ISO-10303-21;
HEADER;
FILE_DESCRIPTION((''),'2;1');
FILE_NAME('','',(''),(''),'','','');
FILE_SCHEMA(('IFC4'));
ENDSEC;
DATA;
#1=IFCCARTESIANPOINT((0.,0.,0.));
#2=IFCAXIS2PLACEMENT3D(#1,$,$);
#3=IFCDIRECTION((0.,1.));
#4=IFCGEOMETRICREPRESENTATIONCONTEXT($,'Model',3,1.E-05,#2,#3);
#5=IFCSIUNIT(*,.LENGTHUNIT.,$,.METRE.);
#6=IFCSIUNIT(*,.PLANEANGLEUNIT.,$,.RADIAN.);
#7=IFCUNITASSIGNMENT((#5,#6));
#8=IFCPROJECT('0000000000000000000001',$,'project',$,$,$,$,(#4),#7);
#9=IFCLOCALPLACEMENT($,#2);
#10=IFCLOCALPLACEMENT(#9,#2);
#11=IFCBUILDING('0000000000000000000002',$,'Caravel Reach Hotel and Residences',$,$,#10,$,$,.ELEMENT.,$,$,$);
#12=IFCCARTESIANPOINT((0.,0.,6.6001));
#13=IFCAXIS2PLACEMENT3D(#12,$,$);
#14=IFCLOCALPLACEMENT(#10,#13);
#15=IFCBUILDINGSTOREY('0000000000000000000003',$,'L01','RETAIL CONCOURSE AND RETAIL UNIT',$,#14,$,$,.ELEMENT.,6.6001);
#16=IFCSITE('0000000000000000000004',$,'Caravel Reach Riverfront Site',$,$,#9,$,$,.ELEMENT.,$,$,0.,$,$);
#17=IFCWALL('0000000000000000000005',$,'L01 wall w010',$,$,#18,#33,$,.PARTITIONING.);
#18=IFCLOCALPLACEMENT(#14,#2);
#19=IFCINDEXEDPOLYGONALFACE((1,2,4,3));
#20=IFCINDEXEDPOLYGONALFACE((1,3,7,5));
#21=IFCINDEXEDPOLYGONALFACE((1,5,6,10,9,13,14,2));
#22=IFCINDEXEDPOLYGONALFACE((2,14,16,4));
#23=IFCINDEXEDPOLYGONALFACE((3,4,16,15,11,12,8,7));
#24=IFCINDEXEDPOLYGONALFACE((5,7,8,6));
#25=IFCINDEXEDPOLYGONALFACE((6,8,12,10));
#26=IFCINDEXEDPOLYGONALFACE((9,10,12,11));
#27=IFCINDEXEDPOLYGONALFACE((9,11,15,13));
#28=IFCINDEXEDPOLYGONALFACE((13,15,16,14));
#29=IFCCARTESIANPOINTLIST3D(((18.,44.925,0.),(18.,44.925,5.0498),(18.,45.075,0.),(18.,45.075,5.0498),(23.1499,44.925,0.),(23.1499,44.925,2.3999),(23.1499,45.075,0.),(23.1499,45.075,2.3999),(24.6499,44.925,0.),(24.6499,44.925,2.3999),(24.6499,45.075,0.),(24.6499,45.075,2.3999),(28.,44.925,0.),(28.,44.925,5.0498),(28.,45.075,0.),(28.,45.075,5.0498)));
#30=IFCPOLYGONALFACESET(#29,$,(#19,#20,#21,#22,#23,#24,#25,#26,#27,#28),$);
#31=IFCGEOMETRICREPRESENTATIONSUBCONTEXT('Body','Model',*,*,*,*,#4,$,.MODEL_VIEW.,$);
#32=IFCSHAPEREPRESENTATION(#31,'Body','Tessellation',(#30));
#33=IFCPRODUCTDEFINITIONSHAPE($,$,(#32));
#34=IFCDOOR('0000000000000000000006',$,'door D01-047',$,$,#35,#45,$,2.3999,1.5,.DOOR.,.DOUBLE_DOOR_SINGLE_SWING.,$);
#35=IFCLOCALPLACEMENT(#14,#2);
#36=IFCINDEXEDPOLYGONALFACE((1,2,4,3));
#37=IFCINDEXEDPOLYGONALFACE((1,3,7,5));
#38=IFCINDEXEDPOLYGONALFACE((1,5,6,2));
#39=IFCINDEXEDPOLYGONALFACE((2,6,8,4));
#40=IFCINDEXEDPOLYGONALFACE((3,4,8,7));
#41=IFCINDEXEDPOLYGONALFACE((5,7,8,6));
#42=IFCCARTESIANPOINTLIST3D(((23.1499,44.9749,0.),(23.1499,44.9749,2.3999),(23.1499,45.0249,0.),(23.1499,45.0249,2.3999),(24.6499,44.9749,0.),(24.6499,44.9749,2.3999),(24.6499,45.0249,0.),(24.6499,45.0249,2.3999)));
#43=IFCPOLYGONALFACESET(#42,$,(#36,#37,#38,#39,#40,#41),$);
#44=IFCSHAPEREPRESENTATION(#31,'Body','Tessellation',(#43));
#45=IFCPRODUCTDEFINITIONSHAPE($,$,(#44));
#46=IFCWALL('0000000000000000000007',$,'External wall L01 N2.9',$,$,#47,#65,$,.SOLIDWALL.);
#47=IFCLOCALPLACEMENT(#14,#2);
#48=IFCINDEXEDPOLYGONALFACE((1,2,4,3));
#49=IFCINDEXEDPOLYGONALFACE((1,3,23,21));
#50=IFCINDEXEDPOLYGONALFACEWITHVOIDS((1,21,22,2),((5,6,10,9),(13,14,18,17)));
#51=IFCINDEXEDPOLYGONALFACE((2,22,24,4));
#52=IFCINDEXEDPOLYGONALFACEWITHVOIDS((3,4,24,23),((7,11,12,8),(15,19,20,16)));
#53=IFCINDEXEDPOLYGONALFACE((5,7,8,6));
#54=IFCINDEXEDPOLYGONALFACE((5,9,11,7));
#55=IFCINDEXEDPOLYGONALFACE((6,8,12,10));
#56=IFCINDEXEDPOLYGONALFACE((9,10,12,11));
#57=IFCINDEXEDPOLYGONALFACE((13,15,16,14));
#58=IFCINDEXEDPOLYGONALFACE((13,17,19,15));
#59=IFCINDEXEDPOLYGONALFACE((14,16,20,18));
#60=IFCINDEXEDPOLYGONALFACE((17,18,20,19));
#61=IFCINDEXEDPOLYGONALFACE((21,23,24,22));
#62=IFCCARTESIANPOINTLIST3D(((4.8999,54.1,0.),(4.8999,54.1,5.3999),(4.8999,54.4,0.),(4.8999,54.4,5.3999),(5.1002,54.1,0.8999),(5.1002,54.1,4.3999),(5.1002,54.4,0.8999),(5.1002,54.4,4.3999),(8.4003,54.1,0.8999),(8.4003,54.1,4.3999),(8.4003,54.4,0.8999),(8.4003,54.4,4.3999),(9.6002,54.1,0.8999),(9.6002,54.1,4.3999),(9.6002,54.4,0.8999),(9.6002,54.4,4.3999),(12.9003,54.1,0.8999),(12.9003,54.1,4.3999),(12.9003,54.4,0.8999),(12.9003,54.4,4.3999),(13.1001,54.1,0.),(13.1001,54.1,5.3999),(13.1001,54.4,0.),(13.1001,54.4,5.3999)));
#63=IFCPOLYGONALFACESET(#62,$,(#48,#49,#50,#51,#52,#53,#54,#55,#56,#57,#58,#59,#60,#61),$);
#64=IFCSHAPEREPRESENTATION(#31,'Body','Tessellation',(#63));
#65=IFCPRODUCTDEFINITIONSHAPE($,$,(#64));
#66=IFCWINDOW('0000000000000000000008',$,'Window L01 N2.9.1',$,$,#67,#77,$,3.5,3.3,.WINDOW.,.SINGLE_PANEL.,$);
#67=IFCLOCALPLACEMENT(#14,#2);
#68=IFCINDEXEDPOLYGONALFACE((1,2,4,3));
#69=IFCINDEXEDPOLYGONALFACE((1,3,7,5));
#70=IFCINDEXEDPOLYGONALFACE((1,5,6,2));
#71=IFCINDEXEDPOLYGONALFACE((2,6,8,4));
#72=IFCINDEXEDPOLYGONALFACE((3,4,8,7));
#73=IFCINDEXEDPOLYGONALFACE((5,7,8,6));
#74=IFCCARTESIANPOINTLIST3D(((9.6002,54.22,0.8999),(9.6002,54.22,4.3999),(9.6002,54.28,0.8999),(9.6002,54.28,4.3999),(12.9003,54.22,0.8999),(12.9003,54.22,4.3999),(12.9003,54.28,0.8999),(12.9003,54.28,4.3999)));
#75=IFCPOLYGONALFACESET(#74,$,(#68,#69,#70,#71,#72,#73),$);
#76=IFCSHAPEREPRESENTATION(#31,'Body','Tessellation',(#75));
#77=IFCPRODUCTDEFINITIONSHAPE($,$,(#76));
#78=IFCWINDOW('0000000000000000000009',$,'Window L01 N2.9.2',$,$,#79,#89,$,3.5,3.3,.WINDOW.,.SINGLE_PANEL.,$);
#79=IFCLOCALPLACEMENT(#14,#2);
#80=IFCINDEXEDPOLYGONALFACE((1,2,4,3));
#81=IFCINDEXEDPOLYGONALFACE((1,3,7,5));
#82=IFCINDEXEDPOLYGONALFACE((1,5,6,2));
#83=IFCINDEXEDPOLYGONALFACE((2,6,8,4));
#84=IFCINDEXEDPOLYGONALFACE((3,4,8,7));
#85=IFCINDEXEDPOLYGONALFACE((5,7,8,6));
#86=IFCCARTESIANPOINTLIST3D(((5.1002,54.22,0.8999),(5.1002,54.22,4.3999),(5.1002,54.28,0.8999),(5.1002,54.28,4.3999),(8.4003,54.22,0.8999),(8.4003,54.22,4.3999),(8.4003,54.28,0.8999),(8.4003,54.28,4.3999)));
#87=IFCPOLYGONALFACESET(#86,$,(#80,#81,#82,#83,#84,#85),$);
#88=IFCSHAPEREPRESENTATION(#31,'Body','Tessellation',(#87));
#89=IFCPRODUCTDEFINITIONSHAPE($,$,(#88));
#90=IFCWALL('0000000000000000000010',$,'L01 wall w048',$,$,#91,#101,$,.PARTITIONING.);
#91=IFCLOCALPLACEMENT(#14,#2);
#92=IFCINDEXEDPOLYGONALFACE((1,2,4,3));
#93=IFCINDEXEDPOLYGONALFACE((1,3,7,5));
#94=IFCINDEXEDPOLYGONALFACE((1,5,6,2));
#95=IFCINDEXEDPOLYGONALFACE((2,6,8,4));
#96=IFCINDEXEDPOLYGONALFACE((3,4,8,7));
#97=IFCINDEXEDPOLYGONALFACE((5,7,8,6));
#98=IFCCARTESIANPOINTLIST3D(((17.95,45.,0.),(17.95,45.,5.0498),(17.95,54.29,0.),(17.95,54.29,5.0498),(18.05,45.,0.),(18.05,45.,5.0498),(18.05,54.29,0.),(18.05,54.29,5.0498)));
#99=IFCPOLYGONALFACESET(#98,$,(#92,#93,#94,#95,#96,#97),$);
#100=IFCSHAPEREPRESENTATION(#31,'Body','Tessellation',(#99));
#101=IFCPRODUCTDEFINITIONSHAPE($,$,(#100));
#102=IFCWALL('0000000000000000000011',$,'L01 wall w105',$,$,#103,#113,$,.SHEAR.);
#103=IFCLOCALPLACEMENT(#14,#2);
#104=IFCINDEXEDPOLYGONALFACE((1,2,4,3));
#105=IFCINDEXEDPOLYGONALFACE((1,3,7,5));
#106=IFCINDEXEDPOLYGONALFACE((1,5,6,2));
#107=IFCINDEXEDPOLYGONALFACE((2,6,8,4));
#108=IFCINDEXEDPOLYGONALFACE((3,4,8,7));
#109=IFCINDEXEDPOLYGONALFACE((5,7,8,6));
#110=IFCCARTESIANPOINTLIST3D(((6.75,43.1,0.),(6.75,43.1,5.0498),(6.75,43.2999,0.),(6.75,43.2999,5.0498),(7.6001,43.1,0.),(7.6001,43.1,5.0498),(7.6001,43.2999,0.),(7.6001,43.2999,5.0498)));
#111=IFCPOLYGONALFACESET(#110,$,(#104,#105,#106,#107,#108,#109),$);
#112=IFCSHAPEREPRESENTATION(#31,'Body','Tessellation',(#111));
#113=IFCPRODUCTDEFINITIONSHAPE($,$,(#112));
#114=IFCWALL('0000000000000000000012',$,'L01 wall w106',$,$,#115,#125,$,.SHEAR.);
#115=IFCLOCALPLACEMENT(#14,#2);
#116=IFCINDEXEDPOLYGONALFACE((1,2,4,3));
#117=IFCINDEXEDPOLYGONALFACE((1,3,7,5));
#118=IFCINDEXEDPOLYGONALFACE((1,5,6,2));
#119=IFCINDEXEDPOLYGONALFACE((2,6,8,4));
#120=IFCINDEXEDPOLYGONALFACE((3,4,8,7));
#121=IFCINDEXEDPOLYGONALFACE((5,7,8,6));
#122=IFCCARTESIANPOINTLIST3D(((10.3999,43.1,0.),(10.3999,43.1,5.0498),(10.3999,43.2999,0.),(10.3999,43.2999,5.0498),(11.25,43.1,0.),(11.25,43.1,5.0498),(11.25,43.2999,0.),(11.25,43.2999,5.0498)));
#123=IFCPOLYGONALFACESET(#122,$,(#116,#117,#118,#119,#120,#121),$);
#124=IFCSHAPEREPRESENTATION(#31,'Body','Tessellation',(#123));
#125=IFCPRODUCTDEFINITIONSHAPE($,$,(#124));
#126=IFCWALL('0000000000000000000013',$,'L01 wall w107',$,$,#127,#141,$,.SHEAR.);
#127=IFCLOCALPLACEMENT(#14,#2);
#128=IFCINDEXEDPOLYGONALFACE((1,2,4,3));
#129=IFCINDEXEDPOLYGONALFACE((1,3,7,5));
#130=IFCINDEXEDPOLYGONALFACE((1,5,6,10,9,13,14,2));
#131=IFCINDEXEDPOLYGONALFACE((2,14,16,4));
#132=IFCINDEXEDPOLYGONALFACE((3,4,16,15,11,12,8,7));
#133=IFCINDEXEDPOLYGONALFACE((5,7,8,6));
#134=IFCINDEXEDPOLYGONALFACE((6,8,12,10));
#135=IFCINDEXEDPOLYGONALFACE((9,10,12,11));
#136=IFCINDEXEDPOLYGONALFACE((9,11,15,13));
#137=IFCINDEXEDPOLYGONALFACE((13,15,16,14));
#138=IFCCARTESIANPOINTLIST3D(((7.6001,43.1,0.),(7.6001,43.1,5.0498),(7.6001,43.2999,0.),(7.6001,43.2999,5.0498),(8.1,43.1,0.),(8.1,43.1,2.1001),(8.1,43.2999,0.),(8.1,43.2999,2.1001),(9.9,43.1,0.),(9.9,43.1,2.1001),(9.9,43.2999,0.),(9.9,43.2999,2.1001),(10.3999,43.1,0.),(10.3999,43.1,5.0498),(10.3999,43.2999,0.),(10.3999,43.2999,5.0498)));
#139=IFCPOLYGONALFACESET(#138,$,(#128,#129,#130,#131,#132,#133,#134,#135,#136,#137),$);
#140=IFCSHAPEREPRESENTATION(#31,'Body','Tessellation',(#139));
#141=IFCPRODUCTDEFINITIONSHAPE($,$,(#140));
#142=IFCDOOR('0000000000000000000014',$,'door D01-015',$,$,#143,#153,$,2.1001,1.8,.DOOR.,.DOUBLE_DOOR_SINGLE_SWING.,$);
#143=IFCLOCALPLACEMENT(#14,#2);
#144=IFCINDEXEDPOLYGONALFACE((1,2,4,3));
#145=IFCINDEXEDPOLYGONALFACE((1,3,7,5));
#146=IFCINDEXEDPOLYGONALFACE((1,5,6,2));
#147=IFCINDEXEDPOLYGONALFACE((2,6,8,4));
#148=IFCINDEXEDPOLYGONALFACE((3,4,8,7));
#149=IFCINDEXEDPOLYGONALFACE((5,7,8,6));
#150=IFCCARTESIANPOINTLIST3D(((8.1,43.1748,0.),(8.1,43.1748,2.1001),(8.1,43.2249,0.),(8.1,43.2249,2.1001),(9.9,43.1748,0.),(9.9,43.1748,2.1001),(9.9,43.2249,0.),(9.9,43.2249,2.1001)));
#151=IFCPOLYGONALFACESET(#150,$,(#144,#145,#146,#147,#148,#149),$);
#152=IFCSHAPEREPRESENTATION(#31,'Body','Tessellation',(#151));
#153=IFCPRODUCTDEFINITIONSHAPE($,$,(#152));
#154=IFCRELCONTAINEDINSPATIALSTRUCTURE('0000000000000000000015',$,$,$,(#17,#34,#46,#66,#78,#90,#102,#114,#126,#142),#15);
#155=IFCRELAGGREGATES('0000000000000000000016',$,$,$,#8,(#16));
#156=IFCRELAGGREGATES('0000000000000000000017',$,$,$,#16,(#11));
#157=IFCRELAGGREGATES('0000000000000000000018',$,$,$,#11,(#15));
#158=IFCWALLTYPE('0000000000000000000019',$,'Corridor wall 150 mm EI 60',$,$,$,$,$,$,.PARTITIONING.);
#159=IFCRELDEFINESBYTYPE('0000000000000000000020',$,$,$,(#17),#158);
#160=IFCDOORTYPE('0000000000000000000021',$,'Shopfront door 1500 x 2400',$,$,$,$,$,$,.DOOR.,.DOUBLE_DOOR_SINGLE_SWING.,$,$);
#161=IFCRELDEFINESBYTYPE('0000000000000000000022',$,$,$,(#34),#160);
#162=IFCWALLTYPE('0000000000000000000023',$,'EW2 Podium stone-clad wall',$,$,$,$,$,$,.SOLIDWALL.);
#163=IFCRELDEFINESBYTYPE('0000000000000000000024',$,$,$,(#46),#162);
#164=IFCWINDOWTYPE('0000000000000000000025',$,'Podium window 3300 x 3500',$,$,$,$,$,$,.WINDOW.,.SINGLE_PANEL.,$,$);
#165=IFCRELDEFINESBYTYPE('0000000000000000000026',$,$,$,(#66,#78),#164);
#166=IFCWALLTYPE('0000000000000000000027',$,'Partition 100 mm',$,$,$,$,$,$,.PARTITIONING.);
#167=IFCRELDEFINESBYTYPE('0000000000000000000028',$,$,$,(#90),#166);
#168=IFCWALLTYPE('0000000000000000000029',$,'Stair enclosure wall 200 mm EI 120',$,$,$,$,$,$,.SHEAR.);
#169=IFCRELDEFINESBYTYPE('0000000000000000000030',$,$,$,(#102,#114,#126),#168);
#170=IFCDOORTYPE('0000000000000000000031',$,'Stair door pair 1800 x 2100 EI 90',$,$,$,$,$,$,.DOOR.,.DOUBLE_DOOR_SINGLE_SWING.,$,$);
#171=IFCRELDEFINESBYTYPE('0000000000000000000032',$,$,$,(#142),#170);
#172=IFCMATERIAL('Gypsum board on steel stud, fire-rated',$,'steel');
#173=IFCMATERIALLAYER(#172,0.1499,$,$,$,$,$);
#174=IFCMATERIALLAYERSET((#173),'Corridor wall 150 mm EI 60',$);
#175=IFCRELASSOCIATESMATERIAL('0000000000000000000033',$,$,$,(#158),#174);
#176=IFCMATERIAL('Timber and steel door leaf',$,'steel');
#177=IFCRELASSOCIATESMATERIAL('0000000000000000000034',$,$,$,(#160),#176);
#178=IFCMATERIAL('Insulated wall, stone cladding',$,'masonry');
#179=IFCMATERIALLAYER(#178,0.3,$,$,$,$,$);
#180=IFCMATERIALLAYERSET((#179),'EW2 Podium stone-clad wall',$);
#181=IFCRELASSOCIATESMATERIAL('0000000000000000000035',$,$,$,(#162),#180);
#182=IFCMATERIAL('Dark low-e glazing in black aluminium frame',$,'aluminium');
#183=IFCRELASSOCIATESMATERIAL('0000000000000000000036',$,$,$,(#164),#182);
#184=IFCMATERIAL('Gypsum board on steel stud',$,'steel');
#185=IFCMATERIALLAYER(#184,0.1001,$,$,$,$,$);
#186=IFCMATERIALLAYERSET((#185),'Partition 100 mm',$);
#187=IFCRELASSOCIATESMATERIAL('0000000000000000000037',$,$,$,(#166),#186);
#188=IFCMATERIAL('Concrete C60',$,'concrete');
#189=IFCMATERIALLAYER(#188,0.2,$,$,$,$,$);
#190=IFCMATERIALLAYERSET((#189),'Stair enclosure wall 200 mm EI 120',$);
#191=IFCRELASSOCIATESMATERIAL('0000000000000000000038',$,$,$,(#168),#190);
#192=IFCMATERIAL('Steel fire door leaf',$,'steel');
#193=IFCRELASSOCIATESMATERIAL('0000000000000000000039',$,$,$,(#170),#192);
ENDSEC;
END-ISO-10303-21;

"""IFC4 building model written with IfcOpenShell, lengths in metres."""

from ifc_helpers import new_model, si_unit, direction, frame, frame_2d, origin, place, context, subcontext, project, spatial, rectangle, extrude, material, layer, layer_set, type_object, element, fill, save


model = new_model("IFC4")

# Units and contexts
model_context = context("Model", 3, precision=1e-05, world=origin(), true_north=direction((0.0, 1.0)))
body_context = subcontext(model_context, "Body", "Model", "MODEL_VIEW")
ifc_project = project(units=[si_unit("LENGTHUNIT", "METRE"), si_unit("PLANEANGLEUNIT", "RADIAN")], contexts=[model_context])

# Site, building, storey
site_placement = place(None, origin())
site = spatial("IfcSite", under=ifc_project, at=site_placement, Name="Caravel Reach Riverfront Site", CompositionType="ELEMENT", RefElevation=0.0)
building_placement = place(site_placement, origin())
building = spatial("IfcBuilding", under=site, at=building_placement, Name="Caravel Reach Hotel and Residences", CompositionType="ELEMENT")
storey_placement = place(building_placement, frame((0.0, 0.0, 6.6001)))
storey = spatial("IfcBuildingStorey", under=building, at=storey_placement, Name="L01", Description="RETAIL CONCOURSE AND RETAIL UNIT", CompositionType="ELEMENT", Elevation=6.6001)

# Wall, opening, door
ifc_material_1 = material(Name="Gypsum board on steel stud, fire-rated", Category="steel")
ifc_layer_1 = layer(ifc_material_1, 0.1499)
ifc_layer_set_1 = layer_set([ifc_layer_1], Name="Corridor wall 150 mm EI 60")
wall_type_1 = type_object("IfcWallType", Name="Corridor wall 150 mm EI 60", PredefinedType="PARTITIONING", material=ifc_layer_set_1)
ifc_material_2 = material(Name="Timber and steel door leaf", Category="steel")
door_type_1 = type_object("IfcDoorType", Name="Shopfront door 1500 x 2400", OperationType="DOUBLE_DOOR_SINGLE_SWING", PredefinedType="DOOR", material=ifc_material_2)
wall_1_placement = place(storey_placement, frame((18.0, 45.0, 0.0), z_axis=(0.0, 0.0, 1.0), x_axis=(1.0, 0.0, 0.0)))
wall_1 = element("IfcWall", 1, at=wall_1_placement, inside=storey, type_object=wall_type_1, Name="L01 wall w010", PredefinedType="PARTITIONING", context=body_context, shape_type="SweptSolid", body=[
    extrude(rectangle(XDim=10.0, YDim=0.1499, at=frame_2d((5.0, 0.0))), origin(), (0.0, 0.0, 1.0), 5.0498),
])
opening_1_placement = place(wall_1_placement, frame((5.1499, 0.0, 0.0)))
opening_1 = element("IfcOpeningElement", 2, at=opening_1_placement, cuts=wall_1, PredefinedType="OPENING", context=body_context, shape_type="SweptSolid", body=[
    extrude(rectangle(XDim=1.5, YDim=2.3999, at=frame_2d((0.75, 1.2))), frame((0.0, 0.085, 0.0), z_axis=(0.0, -1.0, 0.0), x_axis=(1.0, 0.0, 0.0)), (0.0, 0.0, 1.0), 0.1699),
])
door_1_placement = place(opening_1_placement, origin())
door_1 = element("IfcDoor", 3, at=door_1_placement, inside=storey, type_object=door_type_1, Name="door D01-047", OperationType="DOUBLE_DOOR_SINGLE_SWING", OverallHeight=2.3999, OverallWidth=1.5, PredefinedType="DOOR", context=body_context, shape_type="SweptSolid", body=[
    extrude(rectangle(XDim=1.5, YDim=2.3999, at=frame_2d((0.75, 1.2))), frame((0.0, 0.0249, 0.0), z_axis=(0.0, -1.0, 0.0), x_axis=(1.0, 0.0, 0.0)), (0.0, 0.0, 1.0), 0.05),
])
fill(opening_1, door_1)

# Wall, openings, windows
ifc_material_3 = material(Name="Insulated wall, stone cladding", Category="masonry")
ifc_layer_2 = layer(ifc_material_3, 0.3)
ifc_layer_set_2 = layer_set([ifc_layer_2], Name="EW2 Podium stone-clad wall")
wall_type_2 = type_object("IfcWallType", Name="EW2 Podium stone-clad wall", PredefinedType="SOLIDWALL", material=ifc_layer_set_2)
wall_2_placement = place(storey_placement, frame((13.1001, 54.25, 0.0), z_axis=(0.0, 0.0, 1.0), x_axis=(-1.0, 0.0, 0.0)))
wall_2 = element("IfcWall", 4, at=wall_2_placement, inside=storey, type_object=wall_type_2, Name="External wall L01 N2.9", PredefinedType="SOLIDWALL", context=body_context, shape_type="SweptSolid", body=[
    extrude(rectangle(XDim=8.2002, YDim=0.3, at=frame_2d((4.1001, 0.0))), origin(), (0.0, 0.0, 1.0), 5.3999),
])
opening_2_placement = place(wall_2_placement, frame((0.2, 0.0, 0.8999)))
opening_2 = element("IfcOpeningElement", 5, at=opening_2_placement, cuts=wall_2, PredefinedType="OPENING", context=body_context, shape_type="SweptSolid", body=[
    extrude(rectangle(XDim=3.3, YDim=3.5, at=frame_2d((1.6499, 1.75))), frame((0.0, 0.1599, 0.0), z_axis=(0.0, -1.0, 0.0), x_axis=(1.0, 0.0, 0.0)), (0.0, 0.0, 1.0), 0.3201),
])
opening_3_placement = place(wall_2_placement, frame((4.7, 0.0, 0.8999)))
opening_3 = element("IfcOpeningElement", 6, at=opening_3_placement, cuts=wall_2, PredefinedType="OPENING", context=body_context, shape_type="SweptSolid", body=[
    extrude(rectangle(XDim=3.3, YDim=3.5, at=frame_2d((1.6499, 1.75))), frame((0.0, 0.1599, 0.0), z_axis=(0.0, -1.0, 0.0), x_axis=(1.0, 0.0, 0.0)), (0.0, 0.0, 1.0), 0.3201),
])
ifc_material_4 = material(Name="Dark low-e glazing in black aluminium frame", Category="aluminium")
window_type = type_object("IfcWindowType", Name="Podium window 3300 x 3500", PartitioningType="SINGLE_PANEL", PredefinedType="WINDOW", material=ifc_material_4)
window_1_placement = place(opening_2_placement, origin())
window_1 = element("IfcWindow", 7, at=window_1_placement, inside=storey, type_object=window_type, Name="Window L01 N2.9.1", OverallHeight=3.5, OverallWidth=3.3, PartitioningType="SINGLE_PANEL", PredefinedType="WINDOW", context=body_context, shape_type="SweptSolid", body=[
    extrude(rectangle(XDim=3.3, YDim=3.5, at=frame_2d((1.6499, 1.75))), frame((0.0, 0.03, 0.0), z_axis=(0.0, -1.0, 0.0), x_axis=(1.0, 0.0, 0.0)), (0.0, 0.0, 1.0), 0.0601),
])
fill(opening_2, window_1)
window_2_placement = place(opening_3_placement, origin())
window_2 = element("IfcWindow", 8, at=window_2_placement, inside=storey, type_object=window_type, Name="Window L01 N2.9.2", OverallHeight=3.5, OverallWidth=3.3, PartitioningType="SINGLE_PANEL", PredefinedType="WINDOW", context=body_context, shape_type="SweptSolid", body=[
    extrude(rectangle(XDim=3.3, YDim=3.5, at=frame_2d((1.6499, 1.75))), frame((0.0, 0.03, 0.0), z_axis=(0.0, -1.0, 0.0), x_axis=(1.0, 0.0, 0.0)), (0.0, 0.0, 1.0), 0.0601),
])
fill(opening_3, window_2)

# Walls
ifc_material_5 = material(Name="Gypsum board on steel stud", Category="steel")
ifc_layer_3 = layer(ifc_material_5, 0.1001)
ifc_layer_set_3 = layer_set([ifc_layer_3], Name="Partition 100 mm")
wall_type_3 = type_object("IfcWallType", Name="Partition 100 mm", PredefinedType="PARTITIONING", material=ifc_layer_set_3)
wall_3_placement = place(storey_placement, frame((18.0, 45.0, 0.0), z_axis=(0.0, 0.0, 1.0), x_axis=(0.0, 1.0, 0.0)))
element("IfcWall", 9, at=wall_3_placement, inside=storey, type_object=wall_type_3, Name="L01 wall w048", PredefinedType="PARTITIONING", context=body_context, shape_type="SweptSolid", body=[
    extrude(rectangle(XDim=9.29, YDim=0.1001, at=frame_2d((4.645, 0.0))), origin(), (0.0, 0.0, 1.0), 5.0498),
])
ifc_material_6 = material(Name="Concrete C60", Category="concrete")
ifc_layer_4 = layer(ifc_material_6, 0.2)
ifc_layer_set_4 = layer_set([ifc_layer_4], Name="Stair enclosure wall 200 mm EI 120")
wall_type_4 = type_object("IfcWallType", Name="Stair enclosure wall 200 mm EI 120", PredefinedType="SHEAR", material=ifc_layer_set_4)
for number, where, z_axis, x_axis, name in (
    (10, (6.75, 43.2, 0.0), (0.0, 0.0, 1.0), (1.0, 0.0, 0.0), "L01 wall w105"),
    (11, (10.3999, 43.2, 0.0), (0.0, 0.0, 1.0), (1.0, 0.0, 0.0), "L01 wall w106"),
):
    element("IfcWall", number, at=place(storey_placement, frame(where, z_axis=z_axis, x_axis=x_axis)), inside=storey, type_object=wall_type_4, Name=name, PredefinedType="SHEAR", context=body_context, shape_type="SweptSolid", body=[
        extrude(rectangle(XDim=0.8501, YDim=0.2, at=frame_2d((0.425, 0.0))), origin(), (0.0, 0.0, 1.0), 5.0498),
    ])

# Wall, opening, door
wall_4_placement = place(storey_placement, frame((7.6001, 43.2, 0.0), z_axis=(0.0, 0.0, 1.0), x_axis=(1.0, 0.0, 0.0)))
wall_4 = element("IfcWall", 12, at=wall_4_placement, inside=storey, type_object=wall_type_4, Name="L01 wall w107", PredefinedType="SHEAR", context=body_context, shape_type="SweptSolid", body=[
    extrude(rectangle(XDim=2.7998, YDim=0.2, at=frame_2d((1.3999, 0.0))), origin(), (0.0, 0.0, 1.0), 5.0498),
])
opening_4_placement = place(wall_4_placement, frame((0.5, 0.0, 0.0)))
opening_4 = element("IfcOpeningElement", 13, at=opening_4_placement, cuts=wall_4, PredefinedType="OPENING", context=body_context, shape_type="SweptSolid", body=[
    extrude(rectangle(XDim=1.8, YDim=2.1001, at=frame_2d((0.8999, 1.05))), frame((0.0, 0.1099, 0.0), z_axis=(0.0, -1.0, 0.0), x_axis=(1.0, 0.0, 0.0)), (0.0, 0.0, 1.0), 0.22),
])
ifc_material_7 = material(Name="Steel fire door leaf", Category="steel")
door_type_2 = type_object("IfcDoorType", Name="Stair door pair 1800 x 2100 EI 90", OperationType="DOUBLE_DOOR_SINGLE_SWING", PredefinedType="DOOR", material=ifc_material_7)
door_2_placement = place(opening_4_placement, origin())
door_2 = element("IfcDoor", 14, at=door_2_placement, inside=storey, type_object=door_type_2, Name="door D01-015", OperationType="DOUBLE_DOOR_SINGLE_SWING", OverallHeight=2.1001, OverallWidth=1.8, PredefinedType="DOOR", context=body_context, shape_type="SweptSolid", body=[
    extrude(rectangle(XDim=1.8, YDim=2.1001, at=frame_2d((0.8999, 1.05))), frame((0.0, 0.0249, 0.0), z_axis=(0.0, -1.0, 0.0), x_axis=(1.0, 0.0, 0.0)), (0.0, 0.0, 1.0), 0.05),
])
fill(opening_4, door_2)

save(model, "model.ifc")
